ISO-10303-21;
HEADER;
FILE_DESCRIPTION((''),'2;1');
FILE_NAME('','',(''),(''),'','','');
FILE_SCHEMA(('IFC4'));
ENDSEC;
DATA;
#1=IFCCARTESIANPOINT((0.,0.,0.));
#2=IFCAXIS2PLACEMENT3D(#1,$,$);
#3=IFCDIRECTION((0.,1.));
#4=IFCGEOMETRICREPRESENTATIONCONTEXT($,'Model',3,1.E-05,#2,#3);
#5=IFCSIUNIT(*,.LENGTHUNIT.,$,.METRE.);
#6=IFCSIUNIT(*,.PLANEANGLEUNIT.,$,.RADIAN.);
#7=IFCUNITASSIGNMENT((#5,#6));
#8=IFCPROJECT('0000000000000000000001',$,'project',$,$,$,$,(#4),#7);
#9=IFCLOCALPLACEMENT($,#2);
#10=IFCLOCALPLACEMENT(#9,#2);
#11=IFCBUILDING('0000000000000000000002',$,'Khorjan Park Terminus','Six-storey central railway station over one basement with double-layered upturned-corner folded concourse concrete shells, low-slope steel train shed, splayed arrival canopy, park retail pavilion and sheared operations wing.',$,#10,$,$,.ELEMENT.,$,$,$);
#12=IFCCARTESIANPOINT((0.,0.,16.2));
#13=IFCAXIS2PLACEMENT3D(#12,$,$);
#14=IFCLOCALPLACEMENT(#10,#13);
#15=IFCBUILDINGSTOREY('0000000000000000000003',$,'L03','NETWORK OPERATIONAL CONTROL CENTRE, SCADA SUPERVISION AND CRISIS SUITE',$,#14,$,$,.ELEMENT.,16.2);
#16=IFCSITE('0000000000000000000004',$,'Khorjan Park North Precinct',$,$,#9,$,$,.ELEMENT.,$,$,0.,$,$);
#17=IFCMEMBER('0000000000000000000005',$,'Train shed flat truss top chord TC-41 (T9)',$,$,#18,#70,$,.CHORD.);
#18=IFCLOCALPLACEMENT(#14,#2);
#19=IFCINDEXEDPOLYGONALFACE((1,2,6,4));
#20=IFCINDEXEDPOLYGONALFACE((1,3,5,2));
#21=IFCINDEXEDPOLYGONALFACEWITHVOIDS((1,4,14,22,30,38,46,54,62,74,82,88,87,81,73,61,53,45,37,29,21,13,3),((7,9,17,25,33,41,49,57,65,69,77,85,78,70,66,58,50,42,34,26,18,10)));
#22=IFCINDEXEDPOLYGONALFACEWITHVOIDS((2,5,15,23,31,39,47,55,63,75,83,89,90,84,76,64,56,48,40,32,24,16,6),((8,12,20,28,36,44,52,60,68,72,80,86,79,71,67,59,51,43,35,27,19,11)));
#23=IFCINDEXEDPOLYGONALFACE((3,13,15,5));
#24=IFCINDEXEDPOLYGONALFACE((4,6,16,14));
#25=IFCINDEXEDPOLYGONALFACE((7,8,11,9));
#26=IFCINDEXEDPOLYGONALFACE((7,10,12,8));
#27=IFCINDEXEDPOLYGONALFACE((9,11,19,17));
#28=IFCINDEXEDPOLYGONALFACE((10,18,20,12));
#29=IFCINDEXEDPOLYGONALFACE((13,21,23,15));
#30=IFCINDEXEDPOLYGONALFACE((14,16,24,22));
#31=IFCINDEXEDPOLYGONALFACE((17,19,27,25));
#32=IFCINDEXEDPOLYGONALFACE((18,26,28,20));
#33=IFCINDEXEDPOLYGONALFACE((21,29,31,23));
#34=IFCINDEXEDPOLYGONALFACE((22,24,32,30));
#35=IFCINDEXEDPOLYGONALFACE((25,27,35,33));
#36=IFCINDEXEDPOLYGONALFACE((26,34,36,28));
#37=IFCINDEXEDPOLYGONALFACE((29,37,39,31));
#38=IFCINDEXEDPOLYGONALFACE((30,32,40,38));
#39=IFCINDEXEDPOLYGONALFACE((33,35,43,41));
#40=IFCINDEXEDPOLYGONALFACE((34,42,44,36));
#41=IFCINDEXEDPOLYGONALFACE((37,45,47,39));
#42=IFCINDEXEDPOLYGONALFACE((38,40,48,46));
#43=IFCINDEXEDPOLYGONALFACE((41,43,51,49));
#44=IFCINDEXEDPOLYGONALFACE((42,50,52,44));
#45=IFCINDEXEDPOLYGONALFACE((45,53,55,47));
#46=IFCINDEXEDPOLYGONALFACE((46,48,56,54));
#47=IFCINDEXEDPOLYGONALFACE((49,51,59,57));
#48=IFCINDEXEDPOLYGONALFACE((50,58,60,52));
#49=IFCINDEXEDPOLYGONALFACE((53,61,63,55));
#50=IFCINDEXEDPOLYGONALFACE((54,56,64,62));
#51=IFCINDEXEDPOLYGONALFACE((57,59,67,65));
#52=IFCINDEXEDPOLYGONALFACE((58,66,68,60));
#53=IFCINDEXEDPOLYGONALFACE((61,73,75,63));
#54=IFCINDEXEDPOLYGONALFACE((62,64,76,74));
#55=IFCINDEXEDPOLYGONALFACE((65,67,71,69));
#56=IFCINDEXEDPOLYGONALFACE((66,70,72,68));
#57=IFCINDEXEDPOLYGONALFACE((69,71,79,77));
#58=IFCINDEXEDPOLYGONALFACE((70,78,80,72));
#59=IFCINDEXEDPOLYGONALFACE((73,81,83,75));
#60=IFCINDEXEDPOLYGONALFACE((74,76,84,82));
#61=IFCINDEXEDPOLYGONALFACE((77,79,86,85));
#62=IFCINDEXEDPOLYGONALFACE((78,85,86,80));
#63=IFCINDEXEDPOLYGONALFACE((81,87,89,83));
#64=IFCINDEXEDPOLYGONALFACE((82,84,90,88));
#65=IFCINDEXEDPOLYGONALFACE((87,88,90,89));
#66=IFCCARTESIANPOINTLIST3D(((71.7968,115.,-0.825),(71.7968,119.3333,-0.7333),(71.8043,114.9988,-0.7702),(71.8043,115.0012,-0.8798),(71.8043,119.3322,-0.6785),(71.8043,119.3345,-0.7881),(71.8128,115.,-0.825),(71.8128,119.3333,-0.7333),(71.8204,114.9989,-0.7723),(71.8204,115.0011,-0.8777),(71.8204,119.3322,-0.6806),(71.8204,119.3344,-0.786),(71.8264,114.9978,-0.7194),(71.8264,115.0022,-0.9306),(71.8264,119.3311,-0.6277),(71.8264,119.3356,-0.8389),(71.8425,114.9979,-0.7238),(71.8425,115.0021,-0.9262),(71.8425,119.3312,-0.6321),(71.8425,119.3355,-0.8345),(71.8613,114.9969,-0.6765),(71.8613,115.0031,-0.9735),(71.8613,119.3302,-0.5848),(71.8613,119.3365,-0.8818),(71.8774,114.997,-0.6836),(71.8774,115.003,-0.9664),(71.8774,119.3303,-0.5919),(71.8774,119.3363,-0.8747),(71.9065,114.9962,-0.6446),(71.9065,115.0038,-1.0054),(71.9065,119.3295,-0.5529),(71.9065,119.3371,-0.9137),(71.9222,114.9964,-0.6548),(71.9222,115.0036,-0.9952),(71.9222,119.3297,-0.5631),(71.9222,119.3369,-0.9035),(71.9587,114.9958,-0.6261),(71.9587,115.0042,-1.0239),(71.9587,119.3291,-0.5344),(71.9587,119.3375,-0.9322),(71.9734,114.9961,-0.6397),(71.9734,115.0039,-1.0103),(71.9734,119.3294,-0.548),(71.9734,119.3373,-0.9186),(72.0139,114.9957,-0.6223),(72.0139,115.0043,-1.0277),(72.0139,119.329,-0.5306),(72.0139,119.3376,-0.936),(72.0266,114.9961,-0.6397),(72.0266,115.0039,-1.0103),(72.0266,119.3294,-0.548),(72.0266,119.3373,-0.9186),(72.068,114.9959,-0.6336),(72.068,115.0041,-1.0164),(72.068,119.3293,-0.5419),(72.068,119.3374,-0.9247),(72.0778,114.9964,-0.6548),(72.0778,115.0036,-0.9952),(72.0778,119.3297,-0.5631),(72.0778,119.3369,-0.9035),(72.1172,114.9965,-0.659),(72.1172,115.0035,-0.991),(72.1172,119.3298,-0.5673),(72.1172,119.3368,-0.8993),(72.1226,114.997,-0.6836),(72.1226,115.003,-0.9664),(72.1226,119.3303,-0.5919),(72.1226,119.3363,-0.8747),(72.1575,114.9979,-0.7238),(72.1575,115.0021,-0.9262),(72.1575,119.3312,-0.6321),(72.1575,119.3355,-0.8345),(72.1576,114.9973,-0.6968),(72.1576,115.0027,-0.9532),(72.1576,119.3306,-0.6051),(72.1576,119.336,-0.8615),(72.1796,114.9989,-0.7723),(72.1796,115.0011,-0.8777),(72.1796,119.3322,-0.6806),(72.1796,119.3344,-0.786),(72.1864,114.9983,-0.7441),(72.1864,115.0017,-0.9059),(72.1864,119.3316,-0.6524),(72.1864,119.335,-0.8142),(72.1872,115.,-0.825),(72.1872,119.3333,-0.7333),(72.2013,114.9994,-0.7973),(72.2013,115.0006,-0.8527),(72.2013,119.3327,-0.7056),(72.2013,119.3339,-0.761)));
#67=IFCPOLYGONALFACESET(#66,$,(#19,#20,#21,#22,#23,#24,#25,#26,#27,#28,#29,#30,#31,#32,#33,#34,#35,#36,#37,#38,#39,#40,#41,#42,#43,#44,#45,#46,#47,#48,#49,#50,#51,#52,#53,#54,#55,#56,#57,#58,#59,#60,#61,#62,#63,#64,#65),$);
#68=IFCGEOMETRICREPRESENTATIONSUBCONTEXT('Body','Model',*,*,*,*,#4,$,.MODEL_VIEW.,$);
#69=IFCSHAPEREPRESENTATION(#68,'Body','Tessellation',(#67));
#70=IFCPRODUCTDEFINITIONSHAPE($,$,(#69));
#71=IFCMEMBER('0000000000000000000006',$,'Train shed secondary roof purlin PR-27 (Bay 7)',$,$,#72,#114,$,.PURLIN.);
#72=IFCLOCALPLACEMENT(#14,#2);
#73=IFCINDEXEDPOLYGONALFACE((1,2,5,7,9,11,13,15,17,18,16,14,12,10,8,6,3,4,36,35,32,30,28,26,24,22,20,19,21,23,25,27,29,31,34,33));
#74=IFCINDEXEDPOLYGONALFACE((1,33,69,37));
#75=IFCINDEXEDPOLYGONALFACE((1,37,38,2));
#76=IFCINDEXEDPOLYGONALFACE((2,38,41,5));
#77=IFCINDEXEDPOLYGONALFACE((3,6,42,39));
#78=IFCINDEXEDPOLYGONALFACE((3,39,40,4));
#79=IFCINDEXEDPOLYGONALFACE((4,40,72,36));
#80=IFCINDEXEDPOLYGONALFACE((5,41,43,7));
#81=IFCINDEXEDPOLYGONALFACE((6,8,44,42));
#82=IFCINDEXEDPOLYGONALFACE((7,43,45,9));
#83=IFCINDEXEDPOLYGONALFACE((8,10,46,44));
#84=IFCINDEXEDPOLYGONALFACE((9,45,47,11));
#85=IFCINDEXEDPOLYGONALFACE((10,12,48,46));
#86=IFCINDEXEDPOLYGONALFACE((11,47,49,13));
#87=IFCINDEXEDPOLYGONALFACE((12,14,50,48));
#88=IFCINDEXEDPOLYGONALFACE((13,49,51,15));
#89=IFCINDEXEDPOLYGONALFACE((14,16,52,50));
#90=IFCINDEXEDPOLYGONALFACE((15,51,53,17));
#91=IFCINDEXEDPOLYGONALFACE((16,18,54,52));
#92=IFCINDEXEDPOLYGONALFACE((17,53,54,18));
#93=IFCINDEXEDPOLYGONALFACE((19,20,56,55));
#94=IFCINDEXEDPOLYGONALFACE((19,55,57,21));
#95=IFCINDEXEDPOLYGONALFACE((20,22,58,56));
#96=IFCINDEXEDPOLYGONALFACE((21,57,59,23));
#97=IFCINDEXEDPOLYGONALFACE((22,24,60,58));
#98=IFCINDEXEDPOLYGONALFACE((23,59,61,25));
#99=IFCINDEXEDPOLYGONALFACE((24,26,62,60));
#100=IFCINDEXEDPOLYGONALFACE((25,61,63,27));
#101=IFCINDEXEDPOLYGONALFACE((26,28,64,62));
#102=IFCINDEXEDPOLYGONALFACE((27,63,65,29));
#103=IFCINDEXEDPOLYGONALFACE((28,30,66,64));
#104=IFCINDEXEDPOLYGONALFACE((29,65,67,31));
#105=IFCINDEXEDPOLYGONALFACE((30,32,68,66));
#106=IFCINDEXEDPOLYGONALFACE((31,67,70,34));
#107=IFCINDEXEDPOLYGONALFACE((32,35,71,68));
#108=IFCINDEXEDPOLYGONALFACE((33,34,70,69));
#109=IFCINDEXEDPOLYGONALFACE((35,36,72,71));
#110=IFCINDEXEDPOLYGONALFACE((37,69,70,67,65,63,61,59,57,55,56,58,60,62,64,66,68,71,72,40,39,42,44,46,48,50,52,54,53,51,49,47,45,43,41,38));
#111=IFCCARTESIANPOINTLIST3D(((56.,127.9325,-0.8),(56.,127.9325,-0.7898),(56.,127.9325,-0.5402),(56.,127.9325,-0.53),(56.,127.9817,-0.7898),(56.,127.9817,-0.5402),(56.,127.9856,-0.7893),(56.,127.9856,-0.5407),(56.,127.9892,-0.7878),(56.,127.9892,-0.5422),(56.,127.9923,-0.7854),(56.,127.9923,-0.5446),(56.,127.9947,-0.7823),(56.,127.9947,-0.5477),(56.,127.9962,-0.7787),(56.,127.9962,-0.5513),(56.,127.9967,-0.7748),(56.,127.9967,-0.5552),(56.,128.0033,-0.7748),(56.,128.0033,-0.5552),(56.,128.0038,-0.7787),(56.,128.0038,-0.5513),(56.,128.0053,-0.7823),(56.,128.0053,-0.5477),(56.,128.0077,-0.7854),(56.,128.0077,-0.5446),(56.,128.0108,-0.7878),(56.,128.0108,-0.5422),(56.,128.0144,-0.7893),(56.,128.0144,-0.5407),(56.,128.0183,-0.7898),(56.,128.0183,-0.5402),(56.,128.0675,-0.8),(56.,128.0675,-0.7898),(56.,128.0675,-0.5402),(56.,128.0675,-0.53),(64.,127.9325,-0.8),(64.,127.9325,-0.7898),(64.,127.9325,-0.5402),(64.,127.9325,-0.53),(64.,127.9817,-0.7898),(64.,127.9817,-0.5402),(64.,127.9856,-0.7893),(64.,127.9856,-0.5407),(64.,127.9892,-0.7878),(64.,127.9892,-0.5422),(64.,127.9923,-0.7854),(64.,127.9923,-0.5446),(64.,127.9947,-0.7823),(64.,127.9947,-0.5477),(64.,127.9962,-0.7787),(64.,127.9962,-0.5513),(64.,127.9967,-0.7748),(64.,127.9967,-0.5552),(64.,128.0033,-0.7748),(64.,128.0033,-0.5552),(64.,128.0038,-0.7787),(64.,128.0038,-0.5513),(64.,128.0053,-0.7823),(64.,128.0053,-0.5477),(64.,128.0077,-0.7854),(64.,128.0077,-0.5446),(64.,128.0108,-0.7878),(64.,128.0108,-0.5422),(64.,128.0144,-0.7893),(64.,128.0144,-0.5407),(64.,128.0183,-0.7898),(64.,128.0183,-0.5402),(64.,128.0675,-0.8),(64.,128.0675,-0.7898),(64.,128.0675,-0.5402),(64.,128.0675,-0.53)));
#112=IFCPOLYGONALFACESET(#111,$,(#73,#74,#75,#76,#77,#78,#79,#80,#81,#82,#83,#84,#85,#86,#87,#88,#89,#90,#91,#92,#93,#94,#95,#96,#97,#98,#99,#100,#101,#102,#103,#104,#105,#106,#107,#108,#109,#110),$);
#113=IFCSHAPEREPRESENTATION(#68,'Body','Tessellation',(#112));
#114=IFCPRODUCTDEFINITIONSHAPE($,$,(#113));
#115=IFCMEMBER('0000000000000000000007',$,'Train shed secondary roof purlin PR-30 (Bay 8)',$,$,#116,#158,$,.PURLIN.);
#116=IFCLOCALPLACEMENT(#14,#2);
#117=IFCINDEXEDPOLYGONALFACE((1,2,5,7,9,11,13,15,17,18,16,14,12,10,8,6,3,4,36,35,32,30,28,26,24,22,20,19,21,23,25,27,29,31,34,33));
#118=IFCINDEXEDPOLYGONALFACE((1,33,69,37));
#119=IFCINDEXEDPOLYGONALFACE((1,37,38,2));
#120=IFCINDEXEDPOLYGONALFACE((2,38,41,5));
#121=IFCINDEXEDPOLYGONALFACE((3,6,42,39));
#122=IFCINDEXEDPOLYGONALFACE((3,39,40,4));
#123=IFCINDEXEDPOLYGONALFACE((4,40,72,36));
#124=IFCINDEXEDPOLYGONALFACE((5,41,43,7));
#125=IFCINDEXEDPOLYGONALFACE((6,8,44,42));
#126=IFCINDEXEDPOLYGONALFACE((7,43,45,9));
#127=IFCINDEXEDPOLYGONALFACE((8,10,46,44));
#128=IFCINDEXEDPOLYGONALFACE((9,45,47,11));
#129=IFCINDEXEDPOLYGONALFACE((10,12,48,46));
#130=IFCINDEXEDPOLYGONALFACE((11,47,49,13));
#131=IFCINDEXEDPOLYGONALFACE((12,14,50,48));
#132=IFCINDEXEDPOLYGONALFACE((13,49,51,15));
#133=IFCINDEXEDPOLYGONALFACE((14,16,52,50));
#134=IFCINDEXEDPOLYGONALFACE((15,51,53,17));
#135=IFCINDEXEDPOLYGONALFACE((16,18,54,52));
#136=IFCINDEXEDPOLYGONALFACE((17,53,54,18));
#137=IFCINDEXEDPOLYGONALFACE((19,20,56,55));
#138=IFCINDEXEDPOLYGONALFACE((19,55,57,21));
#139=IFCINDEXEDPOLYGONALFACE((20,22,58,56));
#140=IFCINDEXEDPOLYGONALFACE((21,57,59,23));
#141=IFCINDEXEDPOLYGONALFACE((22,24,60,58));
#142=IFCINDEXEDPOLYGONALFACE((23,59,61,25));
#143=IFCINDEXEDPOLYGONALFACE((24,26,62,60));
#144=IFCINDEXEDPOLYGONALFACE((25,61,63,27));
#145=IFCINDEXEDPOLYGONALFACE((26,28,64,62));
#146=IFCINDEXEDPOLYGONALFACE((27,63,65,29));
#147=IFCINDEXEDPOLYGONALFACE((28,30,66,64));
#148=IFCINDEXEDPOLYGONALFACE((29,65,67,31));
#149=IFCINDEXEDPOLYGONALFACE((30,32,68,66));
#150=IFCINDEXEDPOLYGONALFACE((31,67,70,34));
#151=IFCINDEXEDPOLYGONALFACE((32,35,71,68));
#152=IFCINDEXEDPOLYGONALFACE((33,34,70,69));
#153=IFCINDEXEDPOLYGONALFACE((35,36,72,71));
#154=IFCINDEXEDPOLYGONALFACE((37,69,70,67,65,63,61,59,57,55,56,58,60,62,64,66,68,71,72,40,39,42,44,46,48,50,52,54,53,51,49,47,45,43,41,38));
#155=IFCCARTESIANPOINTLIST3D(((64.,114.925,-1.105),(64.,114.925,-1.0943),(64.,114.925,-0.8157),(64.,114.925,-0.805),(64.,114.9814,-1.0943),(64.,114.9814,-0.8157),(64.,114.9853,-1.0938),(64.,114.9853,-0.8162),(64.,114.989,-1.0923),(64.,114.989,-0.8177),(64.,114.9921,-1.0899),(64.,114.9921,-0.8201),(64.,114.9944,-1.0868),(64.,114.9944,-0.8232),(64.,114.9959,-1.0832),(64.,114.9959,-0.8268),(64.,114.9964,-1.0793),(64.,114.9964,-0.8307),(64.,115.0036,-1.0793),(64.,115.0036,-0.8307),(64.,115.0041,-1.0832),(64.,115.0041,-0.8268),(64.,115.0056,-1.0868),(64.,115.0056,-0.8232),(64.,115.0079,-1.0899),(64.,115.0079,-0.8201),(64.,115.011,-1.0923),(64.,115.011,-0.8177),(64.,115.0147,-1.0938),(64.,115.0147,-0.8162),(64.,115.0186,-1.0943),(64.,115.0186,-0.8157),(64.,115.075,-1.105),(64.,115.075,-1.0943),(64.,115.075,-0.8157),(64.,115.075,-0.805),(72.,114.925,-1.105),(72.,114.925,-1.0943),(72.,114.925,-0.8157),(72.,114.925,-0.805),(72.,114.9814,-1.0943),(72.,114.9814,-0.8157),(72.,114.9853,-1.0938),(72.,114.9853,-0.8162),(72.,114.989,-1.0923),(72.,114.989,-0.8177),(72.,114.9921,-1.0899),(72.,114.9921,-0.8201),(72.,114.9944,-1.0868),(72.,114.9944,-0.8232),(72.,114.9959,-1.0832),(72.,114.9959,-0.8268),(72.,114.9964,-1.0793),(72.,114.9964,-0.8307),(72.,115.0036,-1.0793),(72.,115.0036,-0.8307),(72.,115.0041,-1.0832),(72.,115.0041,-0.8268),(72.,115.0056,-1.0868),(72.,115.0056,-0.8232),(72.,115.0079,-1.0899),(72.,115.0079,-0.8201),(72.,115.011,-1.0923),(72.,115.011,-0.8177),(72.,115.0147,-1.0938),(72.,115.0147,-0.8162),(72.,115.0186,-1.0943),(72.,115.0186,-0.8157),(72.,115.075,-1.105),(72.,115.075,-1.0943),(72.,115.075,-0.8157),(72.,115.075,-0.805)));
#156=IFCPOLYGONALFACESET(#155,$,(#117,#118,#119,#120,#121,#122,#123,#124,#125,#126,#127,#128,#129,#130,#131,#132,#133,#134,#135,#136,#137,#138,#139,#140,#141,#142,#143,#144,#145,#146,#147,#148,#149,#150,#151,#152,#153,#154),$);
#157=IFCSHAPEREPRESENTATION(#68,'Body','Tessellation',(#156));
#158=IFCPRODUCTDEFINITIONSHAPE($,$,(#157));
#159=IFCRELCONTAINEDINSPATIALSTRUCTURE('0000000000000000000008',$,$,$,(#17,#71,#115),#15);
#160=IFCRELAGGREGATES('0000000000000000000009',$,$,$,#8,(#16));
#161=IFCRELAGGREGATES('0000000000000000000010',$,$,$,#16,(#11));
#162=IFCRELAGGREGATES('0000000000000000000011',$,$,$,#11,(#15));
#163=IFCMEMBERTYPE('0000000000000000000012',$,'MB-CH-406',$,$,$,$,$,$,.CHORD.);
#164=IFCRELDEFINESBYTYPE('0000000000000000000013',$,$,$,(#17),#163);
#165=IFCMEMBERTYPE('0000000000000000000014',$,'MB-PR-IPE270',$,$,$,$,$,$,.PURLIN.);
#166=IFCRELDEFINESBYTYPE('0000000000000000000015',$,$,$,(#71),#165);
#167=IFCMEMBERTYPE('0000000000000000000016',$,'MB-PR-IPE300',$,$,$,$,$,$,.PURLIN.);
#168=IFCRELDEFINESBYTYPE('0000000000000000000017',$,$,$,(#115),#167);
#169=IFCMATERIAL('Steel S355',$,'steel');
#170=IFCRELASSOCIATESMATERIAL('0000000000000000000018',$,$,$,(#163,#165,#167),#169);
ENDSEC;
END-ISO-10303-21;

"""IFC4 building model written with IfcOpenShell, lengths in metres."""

from ifc_helpers import new_model, si_unit, direction, frame, origin, origin_2d, place, context, subcontext, project, spatial, hollow_circle, i_section, extrude, material, material_profile, profile_set, type_object, element, save


model = new_model("IFC4")

# Units and contexts
model_context = context("Model", 3, precision=1e-05, world=origin(), true_north=direction((0.0, 1.0)))
body_context = subcontext(model_context, "Body", "Model", "MODEL_VIEW")
ifc_project = project(units=[si_unit("LENGTHUNIT", "METRE"), si_unit("PLANEANGLEUNIT", "RADIAN")], contexts=[model_context])

# Site, building, storey
site_placement = place(None, origin())
site = spatial("IfcSite", under=ifc_project, at=site_placement, Name="Khorjan Park North Precinct", CompositionType="ELEMENT", RefElevation=0.0)
building_placement = place(site_placement, origin())
building = spatial("IfcBuilding", under=site, at=building_placement, Name="Khorjan Park Terminus", Description="Six-storey central railway station over one basement with double-layered upturned-corner folded concourse concrete shells, low-slope steel train shed, splayed arrival canopy, park retail pavilion and sheared operations wing.", CompositionType="ELEMENT")
storey_placement = place(building_placement, frame((0.0, 0.0, 16.2)))
storey = spatial("IfcBuildingStorey", under=building, at=storey_placement, Name="L03", Description="NETWORK OPERATIONAL CONTROL CENTRE, SCADA SUPERVISION AND CRISIS SUITE", CompositionType="ELEMENT", Elevation=16.2)

# Members
ifc_material = material(Name="Steel S355", Category="steel")
ifc_material_profile_1 = material_profile(ifc_material, hollow_circle(Radius=0.2032, WallThickness=0.016, at=origin_2d()), Name="CHS 406.4x16")
ifc_profile_set_1 = profile_set([ifc_material_profile_1], Name="Steel S355")
member_type_1 = type_object("IfcMemberType", Name="MB-CH-406", PredefinedType="CHORD", material=ifc_profile_set_1)
for number, where, z_axis, x_axis, name in (
    (1, (72.0, 115.0, -0.825), (0.0, 0.999776, 0.021157), (-1.0, 0.0, 0.0), "Train shed flat truss top chord TC-41 (T9)"),
):
    element("IfcMember", number, at=place(storey_placement, frame(where, z_axis=z_axis, x_axis=x_axis)), inside=storey, type_object=member_type_1, Name=name, PredefinedType="CHORD", context=body_context, shape_type="SweptSolid", body=[
        extrude(hollow_circle(Radius=0.2032, WallThickness=0.016, at=origin_2d()), origin(), (0.0, 0.0, 1.0), 4.3343),
    ])
ifc_material_profile_2 = material_profile(ifc_material, i_section(OverallWidth=0.135, OverallDepth=0.27, WebThickness=0.0066, FlangeThickness=0.0102, FilletRadius=0.015, at=origin_2d()), Name="IPE 270")
ifc_profile_set_2 = profile_set([ifc_material_profile_2], Name="Steel S355")
member_type_2 = type_object("IfcMemberType", Name="MB-PR-IPE270", PredefinedType="PURLIN", material=ifc_profile_set_2)
member_1_placement = place(storey_placement, frame((56.0, 128.0, -0.665), z_axis=(1.0, 0.0, 0.0), x_axis=(0.0, 1.0, 0.0)))
element("IfcMember", 2, at=member_1_placement, inside=storey, type_object=member_type_2, Name="Train shed secondary roof purlin PR-27 (Bay 7)", PredefinedType="PURLIN", context=body_context, shape_type="SweptSolid", body=[
    extrude(i_section(OverallWidth=0.135, OverallDepth=0.27, WebThickness=0.0066, FlangeThickness=0.0102, FilletRadius=0.015, at=origin_2d()), origin(), (0.0, 0.0, 1.0), 8.0),
])
ifc_material_profile_3 = material_profile(ifc_material, i_section(OverallWidth=0.15, OverallDepth=0.3, WebThickness=0.0071, FlangeThickness=0.0107, FilletRadius=0.015, at=origin_2d()), Name="IPE 300")
ifc_profile_set_3 = profile_set([ifc_material_profile_3], Name="Steel S355")
member_type_3 = type_object("IfcMemberType", Name="MB-PR-IPE300", PredefinedType="PURLIN", material=ifc_profile_set_3)
for number, where, z_axis, x_axis, name in (
    (3, (64.0, 115.0, -0.955), (1.0, 0.0, 0.0), (0.0, 1.0, 0.0), "Train shed secondary roof purlin PR-30 (Bay 8)"),
):
    element("IfcMember", number, at=place(storey_placement, frame(where, z_axis=z_axis, x_axis=x_axis)), inside=storey, type_object=member_type_3, Name=name, PredefinedType="PURLIN", context=body_context, shape_type="SweptSolid", body=[
        extrude(i_section(OverallWidth=0.15, OverallDepth=0.3, WebThickness=0.0071, FlangeThickness=0.0107, FilletRadius=0.015, at=origin_2d()), origin(), (0.0, 0.0, 1.0), 8.0),
    ])

save(model, "model.ifc")
